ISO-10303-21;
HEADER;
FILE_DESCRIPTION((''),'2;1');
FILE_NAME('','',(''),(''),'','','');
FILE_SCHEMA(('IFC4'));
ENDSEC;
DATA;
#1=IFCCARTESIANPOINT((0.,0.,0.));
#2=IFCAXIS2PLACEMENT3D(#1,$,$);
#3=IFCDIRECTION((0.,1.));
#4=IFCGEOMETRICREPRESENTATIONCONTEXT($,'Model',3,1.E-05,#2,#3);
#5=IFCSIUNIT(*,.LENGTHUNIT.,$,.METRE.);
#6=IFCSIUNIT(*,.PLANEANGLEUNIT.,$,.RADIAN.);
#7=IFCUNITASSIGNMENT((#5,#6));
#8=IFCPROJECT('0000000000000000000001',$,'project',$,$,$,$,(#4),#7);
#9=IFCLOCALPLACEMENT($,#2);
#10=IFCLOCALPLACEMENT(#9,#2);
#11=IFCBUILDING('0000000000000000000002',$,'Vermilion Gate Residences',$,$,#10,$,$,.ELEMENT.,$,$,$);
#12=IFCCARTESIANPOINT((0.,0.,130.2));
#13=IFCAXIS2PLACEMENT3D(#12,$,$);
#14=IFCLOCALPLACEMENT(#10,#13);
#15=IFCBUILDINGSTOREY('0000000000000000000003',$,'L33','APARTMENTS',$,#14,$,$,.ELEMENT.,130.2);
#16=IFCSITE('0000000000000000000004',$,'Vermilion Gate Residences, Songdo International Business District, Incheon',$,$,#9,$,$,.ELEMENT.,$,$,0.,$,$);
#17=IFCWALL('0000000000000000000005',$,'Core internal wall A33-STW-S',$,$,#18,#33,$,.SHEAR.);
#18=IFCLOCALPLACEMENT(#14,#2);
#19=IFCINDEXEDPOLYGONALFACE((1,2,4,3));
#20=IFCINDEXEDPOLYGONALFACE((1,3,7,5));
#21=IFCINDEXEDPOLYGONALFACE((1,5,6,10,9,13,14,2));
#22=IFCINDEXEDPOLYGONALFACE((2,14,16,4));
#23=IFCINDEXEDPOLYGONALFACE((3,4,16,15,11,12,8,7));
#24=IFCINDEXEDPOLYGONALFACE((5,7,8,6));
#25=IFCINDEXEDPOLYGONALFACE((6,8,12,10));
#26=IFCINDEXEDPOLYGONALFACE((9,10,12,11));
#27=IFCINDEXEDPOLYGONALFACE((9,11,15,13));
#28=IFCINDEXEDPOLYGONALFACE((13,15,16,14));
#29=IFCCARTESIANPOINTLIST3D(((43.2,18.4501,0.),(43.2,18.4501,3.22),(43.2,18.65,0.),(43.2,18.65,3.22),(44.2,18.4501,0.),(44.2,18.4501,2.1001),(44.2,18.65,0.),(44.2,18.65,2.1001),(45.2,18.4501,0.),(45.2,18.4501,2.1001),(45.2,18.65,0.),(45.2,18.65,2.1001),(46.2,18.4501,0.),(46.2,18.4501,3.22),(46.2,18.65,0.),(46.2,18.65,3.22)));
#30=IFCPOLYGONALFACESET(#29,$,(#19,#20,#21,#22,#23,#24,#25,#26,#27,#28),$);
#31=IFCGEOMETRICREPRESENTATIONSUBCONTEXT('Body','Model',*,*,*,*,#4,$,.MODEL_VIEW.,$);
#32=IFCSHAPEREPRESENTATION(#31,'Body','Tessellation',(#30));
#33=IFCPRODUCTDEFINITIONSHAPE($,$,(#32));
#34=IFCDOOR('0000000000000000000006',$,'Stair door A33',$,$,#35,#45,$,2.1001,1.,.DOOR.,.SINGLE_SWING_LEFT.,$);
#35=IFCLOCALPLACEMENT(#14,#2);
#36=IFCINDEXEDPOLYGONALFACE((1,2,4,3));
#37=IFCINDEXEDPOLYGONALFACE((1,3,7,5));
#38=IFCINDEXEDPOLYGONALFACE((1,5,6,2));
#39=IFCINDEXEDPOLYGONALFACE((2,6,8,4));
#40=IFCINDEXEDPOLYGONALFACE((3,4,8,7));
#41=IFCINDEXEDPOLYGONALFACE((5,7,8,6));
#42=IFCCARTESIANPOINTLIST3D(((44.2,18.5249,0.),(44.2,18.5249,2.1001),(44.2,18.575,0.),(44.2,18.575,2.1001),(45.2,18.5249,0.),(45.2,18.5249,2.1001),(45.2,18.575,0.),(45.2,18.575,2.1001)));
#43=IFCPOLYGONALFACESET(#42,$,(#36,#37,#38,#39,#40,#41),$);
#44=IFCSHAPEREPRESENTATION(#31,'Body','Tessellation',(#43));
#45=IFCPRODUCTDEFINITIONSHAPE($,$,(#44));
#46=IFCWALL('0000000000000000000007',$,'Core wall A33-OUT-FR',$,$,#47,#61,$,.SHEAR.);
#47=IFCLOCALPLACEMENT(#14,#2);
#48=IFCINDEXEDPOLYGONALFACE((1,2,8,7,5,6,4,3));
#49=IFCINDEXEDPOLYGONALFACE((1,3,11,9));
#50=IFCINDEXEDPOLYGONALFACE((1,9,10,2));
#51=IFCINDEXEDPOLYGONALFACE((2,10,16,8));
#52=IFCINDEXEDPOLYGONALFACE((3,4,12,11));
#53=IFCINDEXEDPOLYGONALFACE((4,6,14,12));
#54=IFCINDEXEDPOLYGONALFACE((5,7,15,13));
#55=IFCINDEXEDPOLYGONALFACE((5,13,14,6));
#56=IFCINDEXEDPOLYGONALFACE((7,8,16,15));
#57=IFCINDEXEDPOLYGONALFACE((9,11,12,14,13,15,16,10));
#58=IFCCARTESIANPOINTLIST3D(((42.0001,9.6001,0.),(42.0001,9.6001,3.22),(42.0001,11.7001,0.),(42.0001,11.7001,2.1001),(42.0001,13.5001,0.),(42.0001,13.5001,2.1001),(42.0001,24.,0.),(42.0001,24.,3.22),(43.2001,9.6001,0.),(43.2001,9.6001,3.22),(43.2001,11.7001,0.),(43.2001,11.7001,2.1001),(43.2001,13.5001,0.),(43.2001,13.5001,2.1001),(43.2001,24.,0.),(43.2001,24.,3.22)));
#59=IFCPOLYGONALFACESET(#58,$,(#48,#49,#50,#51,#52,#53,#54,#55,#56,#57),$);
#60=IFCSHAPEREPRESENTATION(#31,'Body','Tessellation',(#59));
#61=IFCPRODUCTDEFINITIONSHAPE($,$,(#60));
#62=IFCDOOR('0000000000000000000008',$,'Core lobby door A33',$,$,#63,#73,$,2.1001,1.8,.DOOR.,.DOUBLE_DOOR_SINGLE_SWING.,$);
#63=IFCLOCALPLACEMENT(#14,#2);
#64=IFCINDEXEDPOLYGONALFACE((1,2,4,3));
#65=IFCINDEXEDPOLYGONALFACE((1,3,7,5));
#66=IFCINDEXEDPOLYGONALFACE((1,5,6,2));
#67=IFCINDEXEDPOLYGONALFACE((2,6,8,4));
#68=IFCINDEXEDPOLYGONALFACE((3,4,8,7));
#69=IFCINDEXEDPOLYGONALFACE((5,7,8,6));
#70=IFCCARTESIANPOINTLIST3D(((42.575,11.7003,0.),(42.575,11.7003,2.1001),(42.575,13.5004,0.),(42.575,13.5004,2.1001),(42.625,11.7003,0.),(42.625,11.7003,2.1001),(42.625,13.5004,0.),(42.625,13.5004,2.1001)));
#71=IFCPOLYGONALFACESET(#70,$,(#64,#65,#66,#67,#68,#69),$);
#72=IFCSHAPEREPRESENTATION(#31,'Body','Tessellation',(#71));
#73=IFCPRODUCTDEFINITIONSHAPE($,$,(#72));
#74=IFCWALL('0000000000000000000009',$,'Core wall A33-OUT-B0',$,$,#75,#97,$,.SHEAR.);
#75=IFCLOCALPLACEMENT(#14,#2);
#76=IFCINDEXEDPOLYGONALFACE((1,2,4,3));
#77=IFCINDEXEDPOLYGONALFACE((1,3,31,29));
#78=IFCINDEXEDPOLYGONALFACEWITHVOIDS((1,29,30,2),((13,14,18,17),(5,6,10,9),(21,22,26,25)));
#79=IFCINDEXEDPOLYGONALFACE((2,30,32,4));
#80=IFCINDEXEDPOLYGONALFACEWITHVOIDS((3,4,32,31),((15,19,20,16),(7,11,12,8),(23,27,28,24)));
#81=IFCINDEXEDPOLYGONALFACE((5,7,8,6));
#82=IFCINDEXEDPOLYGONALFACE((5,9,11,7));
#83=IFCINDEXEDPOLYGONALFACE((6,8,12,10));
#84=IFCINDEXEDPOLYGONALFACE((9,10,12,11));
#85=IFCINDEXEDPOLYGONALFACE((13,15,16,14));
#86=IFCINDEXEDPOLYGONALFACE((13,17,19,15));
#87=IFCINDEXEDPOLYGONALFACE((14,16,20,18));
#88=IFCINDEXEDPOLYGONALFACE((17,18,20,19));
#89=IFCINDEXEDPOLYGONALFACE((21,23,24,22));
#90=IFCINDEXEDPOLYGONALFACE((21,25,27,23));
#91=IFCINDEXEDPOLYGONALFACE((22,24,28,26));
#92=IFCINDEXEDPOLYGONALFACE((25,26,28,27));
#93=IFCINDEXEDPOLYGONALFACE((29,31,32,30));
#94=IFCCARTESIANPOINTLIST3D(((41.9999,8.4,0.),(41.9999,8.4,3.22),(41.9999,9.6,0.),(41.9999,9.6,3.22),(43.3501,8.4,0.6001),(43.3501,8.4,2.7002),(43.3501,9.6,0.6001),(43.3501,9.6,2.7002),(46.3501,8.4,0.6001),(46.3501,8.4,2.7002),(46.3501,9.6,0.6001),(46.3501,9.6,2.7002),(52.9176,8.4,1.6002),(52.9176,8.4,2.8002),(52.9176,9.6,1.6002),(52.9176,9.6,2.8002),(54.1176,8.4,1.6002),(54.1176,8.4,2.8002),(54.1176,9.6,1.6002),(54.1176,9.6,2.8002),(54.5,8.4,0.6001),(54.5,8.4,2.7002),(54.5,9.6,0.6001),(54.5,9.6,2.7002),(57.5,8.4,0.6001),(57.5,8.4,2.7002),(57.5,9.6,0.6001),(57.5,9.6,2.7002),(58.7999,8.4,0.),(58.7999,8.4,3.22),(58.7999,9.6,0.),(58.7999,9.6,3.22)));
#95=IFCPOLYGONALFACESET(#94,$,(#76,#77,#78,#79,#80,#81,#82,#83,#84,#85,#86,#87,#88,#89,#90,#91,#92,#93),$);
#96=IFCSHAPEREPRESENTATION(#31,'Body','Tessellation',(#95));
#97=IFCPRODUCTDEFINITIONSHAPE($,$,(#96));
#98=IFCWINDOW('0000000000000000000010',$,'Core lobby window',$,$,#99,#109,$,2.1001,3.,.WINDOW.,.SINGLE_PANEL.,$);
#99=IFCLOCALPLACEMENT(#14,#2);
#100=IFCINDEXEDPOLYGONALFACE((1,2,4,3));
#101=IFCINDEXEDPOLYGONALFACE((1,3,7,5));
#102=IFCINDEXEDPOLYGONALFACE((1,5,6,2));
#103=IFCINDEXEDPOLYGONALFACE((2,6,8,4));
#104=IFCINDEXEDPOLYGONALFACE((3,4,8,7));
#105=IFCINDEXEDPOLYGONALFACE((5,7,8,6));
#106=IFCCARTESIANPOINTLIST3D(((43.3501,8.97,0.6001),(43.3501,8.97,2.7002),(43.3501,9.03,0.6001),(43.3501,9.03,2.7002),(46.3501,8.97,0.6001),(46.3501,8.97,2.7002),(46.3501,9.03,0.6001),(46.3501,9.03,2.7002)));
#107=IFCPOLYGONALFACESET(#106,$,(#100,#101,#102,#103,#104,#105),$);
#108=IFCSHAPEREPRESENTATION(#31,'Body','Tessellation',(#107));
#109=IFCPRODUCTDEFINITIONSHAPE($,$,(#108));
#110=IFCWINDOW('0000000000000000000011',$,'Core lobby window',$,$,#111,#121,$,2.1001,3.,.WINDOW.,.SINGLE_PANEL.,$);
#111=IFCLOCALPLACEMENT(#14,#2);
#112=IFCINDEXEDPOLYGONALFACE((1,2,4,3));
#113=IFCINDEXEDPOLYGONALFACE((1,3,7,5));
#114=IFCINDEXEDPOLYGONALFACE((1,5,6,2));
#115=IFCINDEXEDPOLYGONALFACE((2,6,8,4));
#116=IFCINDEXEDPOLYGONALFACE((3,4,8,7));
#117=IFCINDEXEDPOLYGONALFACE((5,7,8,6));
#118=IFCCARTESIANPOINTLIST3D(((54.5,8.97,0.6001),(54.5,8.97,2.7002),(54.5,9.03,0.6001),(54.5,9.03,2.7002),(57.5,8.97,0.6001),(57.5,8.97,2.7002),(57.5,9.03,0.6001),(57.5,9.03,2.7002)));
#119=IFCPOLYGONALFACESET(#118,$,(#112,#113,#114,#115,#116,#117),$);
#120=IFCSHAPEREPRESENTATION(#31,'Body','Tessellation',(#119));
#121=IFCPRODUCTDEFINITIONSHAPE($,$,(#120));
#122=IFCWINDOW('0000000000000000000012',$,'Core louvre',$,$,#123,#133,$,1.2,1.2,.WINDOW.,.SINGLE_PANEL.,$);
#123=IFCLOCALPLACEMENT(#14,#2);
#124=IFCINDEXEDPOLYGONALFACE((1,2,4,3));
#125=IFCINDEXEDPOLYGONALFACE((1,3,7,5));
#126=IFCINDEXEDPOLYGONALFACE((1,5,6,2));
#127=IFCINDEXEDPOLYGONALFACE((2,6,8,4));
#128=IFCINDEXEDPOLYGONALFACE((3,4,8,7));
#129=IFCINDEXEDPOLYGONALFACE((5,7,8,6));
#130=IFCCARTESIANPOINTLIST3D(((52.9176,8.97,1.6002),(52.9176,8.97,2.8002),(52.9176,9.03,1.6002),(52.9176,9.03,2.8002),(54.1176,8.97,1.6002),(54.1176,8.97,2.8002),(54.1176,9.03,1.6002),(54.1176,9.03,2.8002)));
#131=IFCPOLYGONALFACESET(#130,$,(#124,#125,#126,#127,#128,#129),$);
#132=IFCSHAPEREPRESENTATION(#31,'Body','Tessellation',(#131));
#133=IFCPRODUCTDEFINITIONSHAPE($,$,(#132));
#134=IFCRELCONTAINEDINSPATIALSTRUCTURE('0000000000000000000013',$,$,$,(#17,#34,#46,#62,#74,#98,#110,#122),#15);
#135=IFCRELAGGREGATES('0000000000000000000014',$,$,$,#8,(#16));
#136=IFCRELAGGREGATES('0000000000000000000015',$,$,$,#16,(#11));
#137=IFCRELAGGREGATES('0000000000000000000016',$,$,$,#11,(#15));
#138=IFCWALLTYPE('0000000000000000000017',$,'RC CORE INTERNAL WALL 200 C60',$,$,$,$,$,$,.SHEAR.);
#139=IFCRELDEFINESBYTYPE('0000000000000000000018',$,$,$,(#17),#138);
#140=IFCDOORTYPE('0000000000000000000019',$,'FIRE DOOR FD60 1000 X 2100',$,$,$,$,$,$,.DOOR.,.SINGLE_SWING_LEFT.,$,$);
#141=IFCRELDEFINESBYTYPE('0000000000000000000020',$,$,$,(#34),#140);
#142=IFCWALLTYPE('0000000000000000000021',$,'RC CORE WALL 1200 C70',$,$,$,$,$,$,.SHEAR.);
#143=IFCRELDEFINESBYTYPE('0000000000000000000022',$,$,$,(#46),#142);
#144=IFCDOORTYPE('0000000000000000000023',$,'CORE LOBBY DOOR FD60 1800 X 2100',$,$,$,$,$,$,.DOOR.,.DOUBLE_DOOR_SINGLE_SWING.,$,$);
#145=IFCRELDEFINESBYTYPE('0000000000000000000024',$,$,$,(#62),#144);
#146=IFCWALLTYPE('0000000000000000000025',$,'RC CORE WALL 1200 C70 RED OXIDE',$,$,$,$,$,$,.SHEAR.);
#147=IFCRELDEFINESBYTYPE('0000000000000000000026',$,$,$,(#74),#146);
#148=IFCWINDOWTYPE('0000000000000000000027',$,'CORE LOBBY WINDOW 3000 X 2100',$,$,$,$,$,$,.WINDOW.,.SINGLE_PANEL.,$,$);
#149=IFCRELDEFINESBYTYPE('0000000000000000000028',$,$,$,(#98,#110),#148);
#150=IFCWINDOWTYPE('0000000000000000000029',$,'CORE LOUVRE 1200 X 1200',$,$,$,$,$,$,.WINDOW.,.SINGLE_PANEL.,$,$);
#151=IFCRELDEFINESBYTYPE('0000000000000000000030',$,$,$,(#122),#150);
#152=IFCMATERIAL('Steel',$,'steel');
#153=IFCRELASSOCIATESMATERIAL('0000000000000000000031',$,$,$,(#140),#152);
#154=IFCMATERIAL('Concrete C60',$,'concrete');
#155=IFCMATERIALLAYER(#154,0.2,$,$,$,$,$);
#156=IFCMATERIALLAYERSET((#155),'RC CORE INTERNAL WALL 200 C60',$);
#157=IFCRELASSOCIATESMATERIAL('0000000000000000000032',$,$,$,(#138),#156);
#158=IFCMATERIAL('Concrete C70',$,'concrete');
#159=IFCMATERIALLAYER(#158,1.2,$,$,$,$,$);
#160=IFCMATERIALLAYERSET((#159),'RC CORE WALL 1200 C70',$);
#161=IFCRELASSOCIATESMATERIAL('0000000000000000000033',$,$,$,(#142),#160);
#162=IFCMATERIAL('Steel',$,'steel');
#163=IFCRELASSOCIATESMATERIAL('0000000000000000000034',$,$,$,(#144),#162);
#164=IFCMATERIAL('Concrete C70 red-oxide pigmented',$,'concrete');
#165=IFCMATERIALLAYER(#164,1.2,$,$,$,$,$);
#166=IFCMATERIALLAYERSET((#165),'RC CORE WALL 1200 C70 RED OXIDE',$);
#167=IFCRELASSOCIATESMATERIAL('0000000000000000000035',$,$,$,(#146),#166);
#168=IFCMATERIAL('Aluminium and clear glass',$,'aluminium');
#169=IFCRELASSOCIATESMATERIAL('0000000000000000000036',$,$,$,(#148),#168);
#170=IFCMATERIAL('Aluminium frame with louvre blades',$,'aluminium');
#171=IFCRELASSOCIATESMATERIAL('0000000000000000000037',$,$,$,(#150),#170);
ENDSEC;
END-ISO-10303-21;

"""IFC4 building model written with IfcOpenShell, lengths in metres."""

from ifc_helpers import new_model, si_unit, direction, frame, frame_2d, origin, place, context, subcontext, project, spatial, rectangle, extrude, material, layer, layer_set, type_object, element, fill, save


model = new_model("IFC4")

# Units and contexts
model_context = context("Model", 3, precision=1e-05, world=origin(), true_north=direction((0.0, 1.0)))
body_context = subcontext(model_context, "Body", "Model", "MODEL_VIEW")
ifc_project = project(units=[si_unit("LENGTHUNIT", "METRE"), si_unit("PLANEANGLEUNIT", "RADIAN")], contexts=[model_context])

# Site, building, storey
site_placement = place(None, origin())
site = spatial("IfcSite", under=ifc_project, at=site_placement, Name="Vermilion Gate Residences, Songdo International Business District, Incheon", CompositionType="ELEMENT", RefElevation=0.0)
building_placement = place(site_placement, origin())
building = spatial("IfcBuilding", under=site, at=building_placement, Name="Vermilion Gate Residences", CompositionType="ELEMENT")
storey_placement = place(building_placement, frame((0.0, 0.0, 130.2)))
storey = spatial("IfcBuildingStorey", under=building, at=storey_placement, Name="L33", Description="APARTMENTS", CompositionType="ELEMENT", Elevation=130.2)

# Shared definitions
ifc_material_1 = material(Name="Steel", Category="steel")
door_type_1 = type_object("IfcDoorType", Name="FIRE DOOR FD60 1000 X 2100", OperationType="SINGLE_SWING_LEFT", PredefinedType="DOOR", material=ifc_material_1)

# Shared definitions
ifc_material_2 = material(Name="Concrete C60", Category="concrete")
ifc_layer_1 = layer(ifc_material_2, 0.2)
ifc_layer_set_1 = layer_set([ifc_layer_1], Name="RC CORE INTERNAL WALL 200 C60")
wall_type_1 = type_object("IfcWallType", Name="RC CORE INTERNAL WALL 200 C60", PredefinedType="SHEAR", material=ifc_layer_set_1)

# Walls, openings, doors
wall_1_placement = place(storey_placement, frame((43.2, 18.55, 0.0), z_axis=(0.0, 0.0, 1.0), x_axis=(1.0, 0.0, 0.0)))
wall_1 = element("IfcWall", 1, at=wall_1_placement, inside=storey, type_object=wall_type_1, Name="Core internal wall A33-STW-S", PredefinedType="SHEAR", context=body_context, shape_type="SweptSolid", body=[
    extrude(rectangle(XDim=3.0, YDim=0.2, at=frame_2d((1.5, 0.0))), origin(), (0.0, 0.0, 1.0), 3.22),
])
opening_1_placement = place(wall_1_placement, frame((1.0, 0.0, 0.0)))
opening_1 = element("IfcOpeningElement", 2, at=opening_1_placement, cuts=wall_1, PredefinedType="OPENING", context=body_context, shape_type="SweptSolid", body=[
    extrude(rectangle(XDim=1.0, YDim=2.1001, at=frame_2d((0.5, 1.05))), frame((0.0, 0.1099, 0.0), z_axis=(0.0, -1.0, 0.0), x_axis=(1.0, 0.0, 0.0)), (0.0, 0.0, 1.0), 0.22),
])
door_1_placement = place(opening_1_placement, origin())
door_1 = element("IfcDoor", 3, at=door_1_placement, inside=storey, type_object=door_type_1, Name="Stair door A33", OperationType="SINGLE_SWING_LEFT", OverallHeight=2.1001, OverallWidth=1.0, PredefinedType="DOOR", context=body_context, shape_type="SweptSolid", body=[
    extrude(rectangle(XDim=1.0, YDim=2.1001, at=frame_2d((0.5, 1.05))), frame((0.0, 0.0249, 0.0), z_axis=(0.0, -1.0, 0.0), x_axis=(1.0, 0.0, 0.0)), (0.0, 0.0, 1.0), 0.05),
])
fill(opening_1, door_1)
ifc_material_3 = material(Name="Concrete C70", Category="concrete")
ifc_layer_2 = layer(ifc_material_3, 1.2)
ifc_layer_set_2 = layer_set([ifc_layer_2], Name="RC CORE WALL 1200 C70")
wall_type_2 = type_object("IfcWallType", Name="RC CORE WALL 1200 C70", PredefinedType="SHEAR", material=ifc_layer_set_2)
wall_2_placement = place(storey_placement, frame((42.6001, 9.6001, 0.0), z_axis=(0.0, 0.0, 1.0), x_axis=(0.0, 1.0, 0.0)))
wall_2 = element("IfcWall", 4, at=wall_2_placement, inside=storey, type_object=wall_type_2, Name="Core wall A33-OUT-FR", PredefinedType="SHEAR", context=body_context, shape_type="SweptSolid", body=[
    extrude(rectangle(XDim=14.3999, YDim=1.2, at=frame_2d((7.2, 0.0))), origin(), (0.0, 0.0, 1.0), 3.22),
])
opening_2_placement = place(wall_2_placement, frame((2.1001, 0.0, 0.0)))
opening_2 = element("IfcOpeningElement", 5, at=opening_2_placement, cuts=wall_2, PredefinedType="OPENING", context=body_context, shape_type="SweptSolid", body=[
    extrude(rectangle(XDim=1.8, YDim=2.1001, at=frame_2d((0.8999, 1.05))), frame((0.0, 0.6099, 0.0), z_axis=(0.0, -1.0, 0.0), x_axis=(1.0, 0.0, 0.0)), (0.0, 0.0, 1.0), 1.22),
])
ifc_material_4 = material(Name="Steel", Category="steel")
door_type_2 = type_object("IfcDoorType", Name="CORE LOBBY DOOR FD60 1800 X 2100", OperationType="DOUBLE_DOOR_SINGLE_SWING", PredefinedType="DOOR", material=ifc_material_4)
door_2_placement = place(opening_2_placement, frame((1.8, 0.0, 0.0), z_axis=(0.0, 0.0, 1.0), x_axis=(-1.0, 0.0, 0.0)))
door_2 = element("IfcDoor", 6, at=door_2_placement, inside=storey, type_object=door_type_2, Name="Core lobby door A33", OperationType="DOUBLE_DOOR_SINGLE_SWING", OverallHeight=2.1001, OverallWidth=1.8, PredefinedType="DOOR", context=body_context, shape_type="SweptSolid", body=[
    extrude(rectangle(XDim=1.8, YDim=2.1001, at=frame_2d((0.8999, 1.05))), frame((0.0, 0.0249, 0.0), z_axis=(0.0, -1.0, 0.0), x_axis=(1.0, 0.0, 0.0)), (0.0, 0.0, 1.0), 0.05),
])
fill(opening_2, door_2)

# Wall, openings, windows
ifc_material_5 = material(Name="Concrete C70 red-oxide pigmented", Category="concrete")
ifc_layer_3 = layer(ifc_material_5, 1.2)
ifc_layer_set_3 = layer_set([ifc_layer_3], Name="RC CORE WALL 1200 C70 RED OXIDE")
wall_type_3 = type_object("IfcWallType", Name="RC CORE WALL 1200 C70 RED OXIDE", PredefinedType="SHEAR", material=ifc_layer_set_3)
wall_3_placement = place(storey_placement, frame((42.0, 9.0, 0.0), z_axis=(0.0, 0.0, 1.0), x_axis=(1.0, 0.0, 0.0)))
wall_3 = element("IfcWall", 7, at=wall_3_placement, inside=storey, type_object=wall_type_3, Name="Core wall A33-OUT-B0", PredefinedType="SHEAR", context=body_context, shape_type="SweptSolid", body=[
    extrude(rectangle(XDim=16.8, YDim=1.2, at=frame_2d((8.3999, 0.0))), origin(), (0.0, 0.0, 1.0), 3.22),
])
opening_3_placement = place(wall_3_placement, frame((1.3501, 0.0, 0.6001)))
opening_3 = element("IfcOpeningElement", 8, at=opening_3_placement, cuts=wall_3, PredefinedType="OPENING", context=body_context, shape_type="SweptSolid", body=[
    extrude(rectangle(XDim=3.0, YDim=2.1001, at=frame_2d((1.5, 1.05))), frame((0.0, 0.6099, 0.0), z_axis=(0.0, -1.0, 0.0), x_axis=(1.0, 0.0, 0.0)), (0.0, 0.0, 1.0), 1.22),
])
opening_4_placement = place(wall_3_placement, frame((10.9175, 0.0, 1.6001)))
opening_4 = element("IfcOpeningElement", 9, at=opening_4_placement, cuts=wall_3, PredefinedType="OPENING", context=body_context, shape_type="SweptSolid", body=[
    extrude(rectangle(XDim=1.2, YDim=1.2, at=frame_2d((0.6001, 0.6001))), frame((0.0, 0.6099, 0.0), z_axis=(0.0, -1.0, 0.0), x_axis=(1.0, 0.0, 0.0)), (0.0, 0.0, 1.0), 1.22),
])
opening_5_placement = place(wall_3_placement, frame((12.5, 0.0, 0.6001)))
opening_5 = element("IfcOpeningElement", 10, at=opening_5_placement, cuts=wall_3, PredefinedType="OPENING", context=body_context, shape_type="SweptSolid", body=[
    extrude(rectangle(XDim=3.0, YDim=2.1001, at=frame_2d((1.5, 1.05))), frame((0.0, 0.6099, 0.0), z_axis=(0.0, -1.0, 0.0), x_axis=(1.0, 0.0, 0.0)), (0.0, 0.0, 1.0), 1.22),
])
ifc_material_6 = material(Name="Aluminium and clear glass", Category="aluminium")
window_type_1 = type_object("IfcWindowType", Name="CORE LOBBY WINDOW 3000 X 2100", PartitioningType="SINGLE_PANEL", PredefinedType="WINDOW", material=ifc_material_6)
window_1_placement = place(opening_3_placement, origin())
window_1 = element("IfcWindow", 11, at=window_1_placement, inside=storey, type_object=window_type_1, Name="Core lobby window", OverallHeight=2.1001, OverallWidth=3.0, PartitioningType="SINGLE_PANEL", PredefinedType="WINDOW", context=body_context, shape_type="SweptSolid", body=[
    extrude(rectangle(XDim=3.0, YDim=2.1001, at=frame_2d((1.5, 1.05))), frame((0.0, 0.03, 0.0), z_axis=(0.0, -1.0, 0.0), x_axis=(1.0, 0.0, 0.0)), (0.0, 0.0, 1.0), 0.0601),
])
fill(opening_3, window_1)
window_2_placement = place(opening_5_placement, origin())
window_2 = element("IfcWindow", 12, at=window_2_placement, inside=storey, type_object=window_type_1, Name="Core lobby window", OverallHeight=2.1001, OverallWidth=3.0, PartitioningType="SINGLE_PANEL", PredefinedType="WINDOW", context=body_context, shape_type="SweptSolid", body=[
    extrude(rectangle(XDim=3.0, YDim=2.1001, at=frame_2d((1.5, 1.05))), frame((0.0, 0.03, 0.0), z_axis=(0.0, -1.0, 0.0), x_axis=(1.0, 0.0, 0.0)), (0.0, 0.0, 1.0), 0.0601),
])
fill(opening_5, window_2)
ifc_material_7 = material(Name="Aluminium frame with louvre blades", Category="aluminium")
window_type_2 = type_object("IfcWindowType", Name="CORE LOUVRE 1200 X 1200", PartitioningType="SINGLE_PANEL", PredefinedType="WINDOW", material=ifc_material_7)
window_3_placement = place(opening_4_placement, origin())
window_3 = element("IfcWindow", 13, at=window_3_placement, inside=storey, type_object=window_type_2, Name="Core louvre", OverallHeight=1.2, OverallWidth=1.2, PartitioningType="SINGLE_PANEL", PredefinedType="WINDOW", context=body_context, shape_type="SweptSolid", body=[
    extrude(rectangle(XDim=1.2, YDim=1.2, at=frame_2d((0.6001, 0.6001))), frame((0.0, 0.03, 0.0), z_axis=(0.0, -1.0, 0.0), x_axis=(1.0, 0.0, 0.0)), (0.0, 0.0, 1.0), 0.0601),
])
fill(opening_4, window_3)

save(model, "model.ifc")
